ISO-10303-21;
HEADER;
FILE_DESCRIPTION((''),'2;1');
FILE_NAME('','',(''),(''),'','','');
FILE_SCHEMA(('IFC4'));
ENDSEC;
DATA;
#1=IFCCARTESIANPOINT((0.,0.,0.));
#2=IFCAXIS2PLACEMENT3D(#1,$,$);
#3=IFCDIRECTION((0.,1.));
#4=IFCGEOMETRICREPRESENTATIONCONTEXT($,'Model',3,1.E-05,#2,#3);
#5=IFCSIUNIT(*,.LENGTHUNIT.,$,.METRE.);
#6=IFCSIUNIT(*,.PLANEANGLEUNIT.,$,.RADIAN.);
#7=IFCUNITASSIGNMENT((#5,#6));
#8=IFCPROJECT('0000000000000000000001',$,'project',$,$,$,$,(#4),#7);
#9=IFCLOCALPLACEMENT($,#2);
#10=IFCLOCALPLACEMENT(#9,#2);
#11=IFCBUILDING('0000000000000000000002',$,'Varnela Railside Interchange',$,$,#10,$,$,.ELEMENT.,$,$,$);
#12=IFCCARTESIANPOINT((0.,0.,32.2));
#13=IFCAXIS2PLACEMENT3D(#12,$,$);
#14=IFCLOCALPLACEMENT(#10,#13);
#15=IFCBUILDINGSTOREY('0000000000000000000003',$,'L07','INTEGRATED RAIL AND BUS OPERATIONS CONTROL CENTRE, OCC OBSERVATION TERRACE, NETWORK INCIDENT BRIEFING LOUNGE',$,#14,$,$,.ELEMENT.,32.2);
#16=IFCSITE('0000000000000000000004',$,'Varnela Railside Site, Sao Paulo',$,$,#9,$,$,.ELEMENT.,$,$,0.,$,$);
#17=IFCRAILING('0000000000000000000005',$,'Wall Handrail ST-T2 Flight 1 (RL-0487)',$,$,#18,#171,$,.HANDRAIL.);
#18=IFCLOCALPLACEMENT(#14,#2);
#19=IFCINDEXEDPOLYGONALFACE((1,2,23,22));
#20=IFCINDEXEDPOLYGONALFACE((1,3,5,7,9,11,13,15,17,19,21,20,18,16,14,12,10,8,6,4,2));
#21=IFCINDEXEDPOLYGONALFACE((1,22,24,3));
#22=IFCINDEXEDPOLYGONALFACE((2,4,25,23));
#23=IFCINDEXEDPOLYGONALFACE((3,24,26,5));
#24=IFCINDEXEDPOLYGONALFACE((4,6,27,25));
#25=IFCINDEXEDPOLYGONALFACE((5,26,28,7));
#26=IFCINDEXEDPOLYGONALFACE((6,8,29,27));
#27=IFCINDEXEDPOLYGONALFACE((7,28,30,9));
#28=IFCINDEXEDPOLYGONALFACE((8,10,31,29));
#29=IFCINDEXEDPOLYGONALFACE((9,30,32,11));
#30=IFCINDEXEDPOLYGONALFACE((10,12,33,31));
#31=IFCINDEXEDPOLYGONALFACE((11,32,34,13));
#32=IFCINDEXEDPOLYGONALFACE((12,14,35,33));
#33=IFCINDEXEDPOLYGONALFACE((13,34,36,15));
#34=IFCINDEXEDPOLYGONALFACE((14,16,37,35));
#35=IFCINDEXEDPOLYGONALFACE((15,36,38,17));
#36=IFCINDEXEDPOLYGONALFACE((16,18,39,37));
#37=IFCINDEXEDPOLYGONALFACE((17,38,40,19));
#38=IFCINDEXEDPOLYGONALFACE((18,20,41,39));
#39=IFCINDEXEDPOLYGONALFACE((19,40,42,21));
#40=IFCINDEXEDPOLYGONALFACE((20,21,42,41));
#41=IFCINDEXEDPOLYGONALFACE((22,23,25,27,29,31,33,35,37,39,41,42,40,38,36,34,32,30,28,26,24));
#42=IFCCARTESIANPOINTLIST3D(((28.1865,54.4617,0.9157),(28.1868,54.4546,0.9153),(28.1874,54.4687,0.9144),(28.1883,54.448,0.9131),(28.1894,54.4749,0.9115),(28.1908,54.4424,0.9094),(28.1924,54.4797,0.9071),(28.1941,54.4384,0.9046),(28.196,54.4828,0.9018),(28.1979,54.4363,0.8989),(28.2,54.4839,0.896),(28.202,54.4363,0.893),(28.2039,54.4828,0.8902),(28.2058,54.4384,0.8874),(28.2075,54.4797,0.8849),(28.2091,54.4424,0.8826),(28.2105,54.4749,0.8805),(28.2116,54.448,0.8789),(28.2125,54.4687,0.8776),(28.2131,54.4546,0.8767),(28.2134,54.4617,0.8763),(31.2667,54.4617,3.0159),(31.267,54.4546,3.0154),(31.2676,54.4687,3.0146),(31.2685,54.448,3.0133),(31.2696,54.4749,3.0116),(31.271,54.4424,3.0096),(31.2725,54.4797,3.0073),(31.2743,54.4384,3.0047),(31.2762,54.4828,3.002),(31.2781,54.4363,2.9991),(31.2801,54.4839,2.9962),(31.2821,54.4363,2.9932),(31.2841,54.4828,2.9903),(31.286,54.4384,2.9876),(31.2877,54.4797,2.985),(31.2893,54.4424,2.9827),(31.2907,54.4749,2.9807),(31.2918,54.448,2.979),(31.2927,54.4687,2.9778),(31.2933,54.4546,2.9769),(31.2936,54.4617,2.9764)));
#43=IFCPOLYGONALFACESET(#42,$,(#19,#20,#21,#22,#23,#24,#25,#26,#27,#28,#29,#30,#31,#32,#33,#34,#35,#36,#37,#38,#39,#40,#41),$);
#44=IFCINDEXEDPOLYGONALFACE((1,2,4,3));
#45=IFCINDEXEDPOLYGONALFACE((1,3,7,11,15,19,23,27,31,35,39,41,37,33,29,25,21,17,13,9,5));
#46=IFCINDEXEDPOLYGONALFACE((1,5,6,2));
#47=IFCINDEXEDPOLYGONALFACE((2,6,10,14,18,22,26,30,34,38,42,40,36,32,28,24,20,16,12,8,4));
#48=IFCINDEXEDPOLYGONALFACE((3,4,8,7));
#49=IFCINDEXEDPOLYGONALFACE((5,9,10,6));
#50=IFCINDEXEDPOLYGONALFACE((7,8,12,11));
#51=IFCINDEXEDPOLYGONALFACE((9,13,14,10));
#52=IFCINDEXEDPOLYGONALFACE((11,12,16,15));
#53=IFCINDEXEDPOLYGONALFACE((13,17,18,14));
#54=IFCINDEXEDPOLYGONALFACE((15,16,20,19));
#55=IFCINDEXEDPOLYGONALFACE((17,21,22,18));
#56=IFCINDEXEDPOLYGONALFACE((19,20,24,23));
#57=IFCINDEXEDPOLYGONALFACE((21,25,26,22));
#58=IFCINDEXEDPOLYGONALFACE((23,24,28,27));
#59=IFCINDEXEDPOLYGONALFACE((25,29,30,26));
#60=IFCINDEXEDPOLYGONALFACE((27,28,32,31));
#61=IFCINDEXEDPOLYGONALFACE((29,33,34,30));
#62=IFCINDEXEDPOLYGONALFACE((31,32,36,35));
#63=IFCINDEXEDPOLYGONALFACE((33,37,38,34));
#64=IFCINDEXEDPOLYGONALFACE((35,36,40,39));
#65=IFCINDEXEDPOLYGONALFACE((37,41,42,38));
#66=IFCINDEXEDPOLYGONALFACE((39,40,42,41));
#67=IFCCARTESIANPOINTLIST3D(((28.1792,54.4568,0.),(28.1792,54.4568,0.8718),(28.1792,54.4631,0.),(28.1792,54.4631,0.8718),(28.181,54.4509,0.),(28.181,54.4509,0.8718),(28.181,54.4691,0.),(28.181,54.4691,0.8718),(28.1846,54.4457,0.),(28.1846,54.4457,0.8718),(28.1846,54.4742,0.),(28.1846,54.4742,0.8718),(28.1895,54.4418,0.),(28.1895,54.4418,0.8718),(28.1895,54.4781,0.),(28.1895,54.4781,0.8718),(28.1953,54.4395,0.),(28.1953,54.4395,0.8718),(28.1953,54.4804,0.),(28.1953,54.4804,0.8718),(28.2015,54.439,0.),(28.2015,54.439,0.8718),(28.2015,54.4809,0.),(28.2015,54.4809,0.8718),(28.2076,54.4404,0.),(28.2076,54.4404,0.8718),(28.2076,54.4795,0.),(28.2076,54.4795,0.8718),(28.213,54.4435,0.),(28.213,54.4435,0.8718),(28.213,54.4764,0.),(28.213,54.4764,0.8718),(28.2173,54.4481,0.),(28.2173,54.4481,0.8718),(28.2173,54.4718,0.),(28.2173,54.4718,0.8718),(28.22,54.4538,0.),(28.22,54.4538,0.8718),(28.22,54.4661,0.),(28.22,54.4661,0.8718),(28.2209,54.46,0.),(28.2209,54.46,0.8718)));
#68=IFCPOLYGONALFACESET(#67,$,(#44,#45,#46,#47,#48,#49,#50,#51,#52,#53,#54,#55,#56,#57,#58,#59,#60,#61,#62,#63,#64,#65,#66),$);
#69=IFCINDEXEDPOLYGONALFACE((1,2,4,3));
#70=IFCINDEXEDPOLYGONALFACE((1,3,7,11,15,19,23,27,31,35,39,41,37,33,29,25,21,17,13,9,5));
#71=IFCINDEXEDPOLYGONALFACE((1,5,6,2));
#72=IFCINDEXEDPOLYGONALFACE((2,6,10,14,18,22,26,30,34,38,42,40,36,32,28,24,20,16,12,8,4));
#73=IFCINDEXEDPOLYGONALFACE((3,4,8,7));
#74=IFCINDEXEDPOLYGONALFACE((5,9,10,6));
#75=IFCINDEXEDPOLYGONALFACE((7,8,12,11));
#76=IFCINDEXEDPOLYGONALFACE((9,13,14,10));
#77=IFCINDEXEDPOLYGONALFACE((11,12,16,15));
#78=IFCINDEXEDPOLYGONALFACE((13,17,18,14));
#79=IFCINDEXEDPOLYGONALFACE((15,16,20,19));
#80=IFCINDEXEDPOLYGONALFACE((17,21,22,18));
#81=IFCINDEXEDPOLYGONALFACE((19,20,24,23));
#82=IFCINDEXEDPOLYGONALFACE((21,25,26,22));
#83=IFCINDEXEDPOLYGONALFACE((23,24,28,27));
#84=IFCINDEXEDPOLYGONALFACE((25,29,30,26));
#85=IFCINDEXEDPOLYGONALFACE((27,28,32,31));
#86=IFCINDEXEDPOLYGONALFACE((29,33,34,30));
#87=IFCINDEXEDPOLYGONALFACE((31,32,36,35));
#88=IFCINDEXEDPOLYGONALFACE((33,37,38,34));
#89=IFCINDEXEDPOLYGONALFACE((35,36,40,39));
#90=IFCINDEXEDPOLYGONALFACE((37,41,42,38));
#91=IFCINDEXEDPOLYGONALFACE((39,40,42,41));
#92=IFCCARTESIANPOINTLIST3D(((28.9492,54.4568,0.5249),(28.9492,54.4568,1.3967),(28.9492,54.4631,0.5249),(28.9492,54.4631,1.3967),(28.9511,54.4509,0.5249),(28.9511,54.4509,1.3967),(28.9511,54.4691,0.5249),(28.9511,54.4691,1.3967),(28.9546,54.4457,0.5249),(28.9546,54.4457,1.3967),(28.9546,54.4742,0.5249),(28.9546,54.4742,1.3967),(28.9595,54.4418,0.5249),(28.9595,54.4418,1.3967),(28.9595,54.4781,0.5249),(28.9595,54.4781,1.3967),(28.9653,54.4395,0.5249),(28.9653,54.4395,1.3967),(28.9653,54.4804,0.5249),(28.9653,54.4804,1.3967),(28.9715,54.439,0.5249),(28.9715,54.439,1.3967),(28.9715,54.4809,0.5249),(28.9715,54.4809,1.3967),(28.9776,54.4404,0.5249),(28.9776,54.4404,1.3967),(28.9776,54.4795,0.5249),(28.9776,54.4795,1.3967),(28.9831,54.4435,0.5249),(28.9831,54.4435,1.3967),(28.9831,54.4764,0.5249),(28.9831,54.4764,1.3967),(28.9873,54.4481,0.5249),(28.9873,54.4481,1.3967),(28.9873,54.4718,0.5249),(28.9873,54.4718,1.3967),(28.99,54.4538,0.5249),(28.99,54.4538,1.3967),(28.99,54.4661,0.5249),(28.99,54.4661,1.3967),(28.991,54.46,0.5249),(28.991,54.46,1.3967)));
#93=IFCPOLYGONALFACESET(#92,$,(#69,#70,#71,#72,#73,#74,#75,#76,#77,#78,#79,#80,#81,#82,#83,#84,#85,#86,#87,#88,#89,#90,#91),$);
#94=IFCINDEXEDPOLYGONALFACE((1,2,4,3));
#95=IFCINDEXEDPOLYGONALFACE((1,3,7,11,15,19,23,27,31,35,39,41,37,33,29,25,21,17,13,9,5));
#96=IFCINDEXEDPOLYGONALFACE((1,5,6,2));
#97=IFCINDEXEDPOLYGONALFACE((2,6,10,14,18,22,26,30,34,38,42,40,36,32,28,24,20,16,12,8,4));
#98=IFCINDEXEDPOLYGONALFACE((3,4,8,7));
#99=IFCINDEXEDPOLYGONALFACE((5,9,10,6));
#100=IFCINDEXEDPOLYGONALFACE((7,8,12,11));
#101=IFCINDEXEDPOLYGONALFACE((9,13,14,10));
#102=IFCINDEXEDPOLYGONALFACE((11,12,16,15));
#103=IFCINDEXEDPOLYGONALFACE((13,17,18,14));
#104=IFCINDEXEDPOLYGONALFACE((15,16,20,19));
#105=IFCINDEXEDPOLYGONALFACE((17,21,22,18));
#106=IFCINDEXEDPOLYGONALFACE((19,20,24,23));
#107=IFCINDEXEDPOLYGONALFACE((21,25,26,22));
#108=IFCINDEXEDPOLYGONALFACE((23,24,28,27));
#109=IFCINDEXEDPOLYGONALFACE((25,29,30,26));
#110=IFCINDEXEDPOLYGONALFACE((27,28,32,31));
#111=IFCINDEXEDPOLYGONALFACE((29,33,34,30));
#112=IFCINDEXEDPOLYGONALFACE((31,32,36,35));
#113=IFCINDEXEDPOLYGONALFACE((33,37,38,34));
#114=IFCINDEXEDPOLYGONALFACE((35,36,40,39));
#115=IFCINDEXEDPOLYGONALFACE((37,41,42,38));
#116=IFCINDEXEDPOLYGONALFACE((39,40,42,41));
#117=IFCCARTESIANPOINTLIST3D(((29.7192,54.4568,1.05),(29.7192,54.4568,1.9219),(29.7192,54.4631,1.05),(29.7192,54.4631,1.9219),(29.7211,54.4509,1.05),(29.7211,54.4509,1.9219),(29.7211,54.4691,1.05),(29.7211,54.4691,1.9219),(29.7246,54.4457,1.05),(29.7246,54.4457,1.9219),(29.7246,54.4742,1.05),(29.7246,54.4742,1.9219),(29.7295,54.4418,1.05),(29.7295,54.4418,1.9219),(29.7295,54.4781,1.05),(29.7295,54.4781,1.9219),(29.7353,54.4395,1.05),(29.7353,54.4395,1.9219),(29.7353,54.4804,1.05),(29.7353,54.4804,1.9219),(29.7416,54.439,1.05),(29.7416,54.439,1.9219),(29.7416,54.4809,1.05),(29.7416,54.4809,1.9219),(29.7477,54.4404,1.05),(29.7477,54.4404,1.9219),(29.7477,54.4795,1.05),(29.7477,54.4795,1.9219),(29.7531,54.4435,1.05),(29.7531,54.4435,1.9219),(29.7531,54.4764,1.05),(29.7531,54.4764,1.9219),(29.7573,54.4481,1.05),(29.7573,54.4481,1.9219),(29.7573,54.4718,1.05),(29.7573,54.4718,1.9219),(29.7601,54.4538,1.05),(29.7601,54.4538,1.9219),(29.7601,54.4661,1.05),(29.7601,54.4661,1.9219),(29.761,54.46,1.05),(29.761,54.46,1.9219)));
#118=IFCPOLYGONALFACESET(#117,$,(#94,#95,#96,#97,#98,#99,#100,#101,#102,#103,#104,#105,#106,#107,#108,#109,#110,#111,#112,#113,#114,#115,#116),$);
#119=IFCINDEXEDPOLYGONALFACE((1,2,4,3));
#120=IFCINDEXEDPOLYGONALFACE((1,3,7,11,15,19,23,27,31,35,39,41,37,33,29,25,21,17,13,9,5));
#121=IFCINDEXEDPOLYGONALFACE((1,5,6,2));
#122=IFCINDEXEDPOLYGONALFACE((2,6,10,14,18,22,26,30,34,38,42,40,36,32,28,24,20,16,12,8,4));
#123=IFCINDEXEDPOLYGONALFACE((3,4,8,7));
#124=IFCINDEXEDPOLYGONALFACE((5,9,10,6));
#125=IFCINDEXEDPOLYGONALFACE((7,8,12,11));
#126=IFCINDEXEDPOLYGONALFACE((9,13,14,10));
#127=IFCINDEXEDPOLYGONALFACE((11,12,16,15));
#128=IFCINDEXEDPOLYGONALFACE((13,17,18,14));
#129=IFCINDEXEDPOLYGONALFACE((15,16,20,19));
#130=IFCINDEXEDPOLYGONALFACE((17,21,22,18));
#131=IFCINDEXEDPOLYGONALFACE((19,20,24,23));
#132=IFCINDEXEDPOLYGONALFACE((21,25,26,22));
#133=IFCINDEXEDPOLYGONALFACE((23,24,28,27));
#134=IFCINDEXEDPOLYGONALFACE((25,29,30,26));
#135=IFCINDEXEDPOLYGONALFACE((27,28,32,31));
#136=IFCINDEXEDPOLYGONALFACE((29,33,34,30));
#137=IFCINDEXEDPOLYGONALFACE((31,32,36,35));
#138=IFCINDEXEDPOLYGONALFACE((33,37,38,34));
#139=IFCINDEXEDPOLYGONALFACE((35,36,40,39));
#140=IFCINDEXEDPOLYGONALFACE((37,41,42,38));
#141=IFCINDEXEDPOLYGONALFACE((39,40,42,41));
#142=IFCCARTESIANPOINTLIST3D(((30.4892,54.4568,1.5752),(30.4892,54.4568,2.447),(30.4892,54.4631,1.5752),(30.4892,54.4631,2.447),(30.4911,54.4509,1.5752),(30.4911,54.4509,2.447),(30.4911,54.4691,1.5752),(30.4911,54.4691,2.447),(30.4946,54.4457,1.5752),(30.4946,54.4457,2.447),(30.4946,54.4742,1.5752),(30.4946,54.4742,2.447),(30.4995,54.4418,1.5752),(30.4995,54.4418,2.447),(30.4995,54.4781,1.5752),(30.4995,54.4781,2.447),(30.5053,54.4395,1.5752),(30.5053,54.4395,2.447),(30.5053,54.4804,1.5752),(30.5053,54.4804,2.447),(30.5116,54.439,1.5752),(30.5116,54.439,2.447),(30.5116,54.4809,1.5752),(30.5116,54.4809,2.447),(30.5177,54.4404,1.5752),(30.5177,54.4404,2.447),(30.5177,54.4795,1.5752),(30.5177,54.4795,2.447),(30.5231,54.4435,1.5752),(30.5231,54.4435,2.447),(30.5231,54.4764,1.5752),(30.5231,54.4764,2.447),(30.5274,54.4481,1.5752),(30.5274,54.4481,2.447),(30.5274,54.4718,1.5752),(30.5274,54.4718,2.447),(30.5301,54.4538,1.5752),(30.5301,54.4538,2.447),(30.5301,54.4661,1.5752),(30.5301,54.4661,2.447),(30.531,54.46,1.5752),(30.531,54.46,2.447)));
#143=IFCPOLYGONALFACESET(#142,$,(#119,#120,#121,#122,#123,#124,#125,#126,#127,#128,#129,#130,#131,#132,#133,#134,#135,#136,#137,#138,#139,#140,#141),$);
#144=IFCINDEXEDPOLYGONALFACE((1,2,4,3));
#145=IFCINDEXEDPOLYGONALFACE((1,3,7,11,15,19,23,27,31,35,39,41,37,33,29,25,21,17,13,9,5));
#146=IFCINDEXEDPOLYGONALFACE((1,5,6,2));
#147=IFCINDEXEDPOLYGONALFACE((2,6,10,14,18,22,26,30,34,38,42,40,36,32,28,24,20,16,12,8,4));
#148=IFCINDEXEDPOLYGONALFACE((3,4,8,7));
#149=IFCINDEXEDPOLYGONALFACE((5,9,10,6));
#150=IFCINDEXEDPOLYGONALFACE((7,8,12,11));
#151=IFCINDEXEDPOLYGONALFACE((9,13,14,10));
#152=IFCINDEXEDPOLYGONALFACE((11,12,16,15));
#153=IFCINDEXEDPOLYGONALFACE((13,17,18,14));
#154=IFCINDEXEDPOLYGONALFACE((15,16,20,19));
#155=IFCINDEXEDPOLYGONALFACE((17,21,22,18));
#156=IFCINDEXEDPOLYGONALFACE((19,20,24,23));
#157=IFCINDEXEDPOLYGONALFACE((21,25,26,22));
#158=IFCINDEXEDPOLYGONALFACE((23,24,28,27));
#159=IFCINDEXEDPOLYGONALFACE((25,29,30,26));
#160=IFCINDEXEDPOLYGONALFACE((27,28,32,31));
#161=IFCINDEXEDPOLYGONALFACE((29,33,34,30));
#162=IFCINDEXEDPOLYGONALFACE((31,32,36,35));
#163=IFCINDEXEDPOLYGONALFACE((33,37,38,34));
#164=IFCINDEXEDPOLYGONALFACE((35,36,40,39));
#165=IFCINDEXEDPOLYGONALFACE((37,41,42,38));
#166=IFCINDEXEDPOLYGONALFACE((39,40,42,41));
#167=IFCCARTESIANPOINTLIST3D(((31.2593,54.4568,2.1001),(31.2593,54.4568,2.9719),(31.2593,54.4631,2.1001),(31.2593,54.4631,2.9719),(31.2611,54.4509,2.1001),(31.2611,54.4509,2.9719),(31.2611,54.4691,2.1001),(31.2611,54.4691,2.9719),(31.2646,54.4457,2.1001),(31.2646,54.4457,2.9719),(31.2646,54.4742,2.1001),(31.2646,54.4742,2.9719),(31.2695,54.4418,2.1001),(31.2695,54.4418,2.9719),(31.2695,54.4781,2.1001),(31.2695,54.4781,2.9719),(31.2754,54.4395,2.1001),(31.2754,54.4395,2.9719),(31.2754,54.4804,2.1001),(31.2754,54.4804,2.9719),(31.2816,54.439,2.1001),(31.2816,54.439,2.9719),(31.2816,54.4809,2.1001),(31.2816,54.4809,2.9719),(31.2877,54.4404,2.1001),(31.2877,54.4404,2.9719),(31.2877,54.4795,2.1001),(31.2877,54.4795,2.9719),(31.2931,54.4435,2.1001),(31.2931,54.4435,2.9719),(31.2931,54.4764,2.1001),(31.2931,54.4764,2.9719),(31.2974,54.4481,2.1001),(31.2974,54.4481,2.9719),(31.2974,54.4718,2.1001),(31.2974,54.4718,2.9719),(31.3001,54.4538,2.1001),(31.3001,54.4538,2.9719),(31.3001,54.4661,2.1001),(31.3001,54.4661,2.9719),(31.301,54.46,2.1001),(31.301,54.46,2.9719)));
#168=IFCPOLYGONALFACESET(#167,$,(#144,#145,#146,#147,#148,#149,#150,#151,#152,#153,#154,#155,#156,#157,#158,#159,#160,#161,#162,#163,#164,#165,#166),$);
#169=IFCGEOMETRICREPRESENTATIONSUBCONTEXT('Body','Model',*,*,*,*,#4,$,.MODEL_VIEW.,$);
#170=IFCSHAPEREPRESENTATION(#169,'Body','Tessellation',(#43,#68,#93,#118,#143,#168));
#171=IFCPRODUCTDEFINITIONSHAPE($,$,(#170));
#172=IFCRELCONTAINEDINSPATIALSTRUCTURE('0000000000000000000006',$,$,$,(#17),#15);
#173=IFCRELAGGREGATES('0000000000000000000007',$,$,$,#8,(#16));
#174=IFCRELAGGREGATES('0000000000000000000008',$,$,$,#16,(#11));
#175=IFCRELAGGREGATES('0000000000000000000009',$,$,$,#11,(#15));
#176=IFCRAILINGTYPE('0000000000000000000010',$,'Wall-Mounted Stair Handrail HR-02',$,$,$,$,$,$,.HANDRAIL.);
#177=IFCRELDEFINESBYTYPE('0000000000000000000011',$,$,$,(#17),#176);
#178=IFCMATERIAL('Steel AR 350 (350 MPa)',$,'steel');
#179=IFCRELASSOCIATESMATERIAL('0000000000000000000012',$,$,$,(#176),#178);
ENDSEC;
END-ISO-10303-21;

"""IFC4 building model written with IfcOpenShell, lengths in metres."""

from ifc_helpers import new_model, si_unit, direction, frame, origin, origin_2d, place, context, subcontext, project, spatial, circle, extrude, material, type_object, element, save


model = new_model("IFC4")

# Units and contexts
model_context = context("Model", 3, precision=1e-05, world=origin(), true_north=direction((0.0, 1.0)))
body_context = subcontext(model_context, "Body", "Model", "MODEL_VIEW")
ifc_project = project(units=[si_unit("LENGTHUNIT", "METRE"), si_unit("PLANEANGLEUNIT", "RADIAN")], contexts=[model_context])

# Site, building, storey
site_placement = place(None, origin())
site = spatial("IfcSite", under=ifc_project, at=site_placement, Name="Varnela Railside Site, Sao Paulo", CompositionType="ELEMENT", RefElevation=0.0)
building_placement = place(site_placement, origin())
building = spatial("IfcBuilding", under=site, at=building_placement, Name="Varnela Railside Interchange", CompositionType="ELEMENT")
storey_placement = place(building_placement, frame((0.0, 0.0, 32.2)))
storey = spatial("IfcBuildingStorey", under=building, at=storey_placement, Name="L07", Description="INTEGRATED RAIL AND BUS OPERATIONS CONTROL CENTRE, OCC OBSERVATION TERRACE, NETWORK INCIDENT BRIEFING LOUNGE", CompositionType="ELEMENT", Elevation=32.2)

# Shared definitions
ifc_material_1 = material(Name="Steel AR 350 (350 MPa)", Category="steel")

# Railing
railing_type_1 = type_object("IfcRailingType", Name="Wall-Mounted Stair Handrail HR-02", PredefinedType="HANDRAIL", material=ifc_material_1)
railing_1_placement = place(storey_placement, frame((28.2, 54.46, 0.0)))
element("IfcRailing", 1, at=railing_1_placement, inside=storey, type_object=railing_type_1, Name="Wall Handrail ST-T2 Flight 1 (RL-0487)", PredefinedType="HANDRAIL", context=body_context, shape_type="SweptSolid", body=[
    extrude(circle(Radius=0.0239, at=origin_2d()), frame((0.0, 0.0, 0.896), z_axis=(0.826222, 0.0, 0.563345), x_axis=(0.0, 1.0, 0.0)), (0.0, 0.0, 1.0), 3.728),
    extrude(circle(Radius=0.021, at=origin_2d()), origin(), (0.0, 0.0, 1.0), 0.8718),
    extrude(circle(Radius=0.021, at=origin_2d()), frame((0.77, 0.0, 0.5249)), (0.0, 0.0, 1.0), 0.8718),
    extrude(circle(Radius=0.021, at=origin_2d()), frame((1.54, 0.0, 1.05)), (0.0, 0.0, 1.0), 0.8718),
    extrude(circle(Radius=0.021, at=origin_2d()), frame((2.3101, 0.0, 1.5752)), (0.0, 0.0, 1.0), 0.8718),
    extrude(circle(Radius=0.021, at=origin_2d()), frame((3.0801, 0.0, 2.1001)), (0.0, 0.0, 1.0), 0.8718),
])

save(model, "model.ifc")
